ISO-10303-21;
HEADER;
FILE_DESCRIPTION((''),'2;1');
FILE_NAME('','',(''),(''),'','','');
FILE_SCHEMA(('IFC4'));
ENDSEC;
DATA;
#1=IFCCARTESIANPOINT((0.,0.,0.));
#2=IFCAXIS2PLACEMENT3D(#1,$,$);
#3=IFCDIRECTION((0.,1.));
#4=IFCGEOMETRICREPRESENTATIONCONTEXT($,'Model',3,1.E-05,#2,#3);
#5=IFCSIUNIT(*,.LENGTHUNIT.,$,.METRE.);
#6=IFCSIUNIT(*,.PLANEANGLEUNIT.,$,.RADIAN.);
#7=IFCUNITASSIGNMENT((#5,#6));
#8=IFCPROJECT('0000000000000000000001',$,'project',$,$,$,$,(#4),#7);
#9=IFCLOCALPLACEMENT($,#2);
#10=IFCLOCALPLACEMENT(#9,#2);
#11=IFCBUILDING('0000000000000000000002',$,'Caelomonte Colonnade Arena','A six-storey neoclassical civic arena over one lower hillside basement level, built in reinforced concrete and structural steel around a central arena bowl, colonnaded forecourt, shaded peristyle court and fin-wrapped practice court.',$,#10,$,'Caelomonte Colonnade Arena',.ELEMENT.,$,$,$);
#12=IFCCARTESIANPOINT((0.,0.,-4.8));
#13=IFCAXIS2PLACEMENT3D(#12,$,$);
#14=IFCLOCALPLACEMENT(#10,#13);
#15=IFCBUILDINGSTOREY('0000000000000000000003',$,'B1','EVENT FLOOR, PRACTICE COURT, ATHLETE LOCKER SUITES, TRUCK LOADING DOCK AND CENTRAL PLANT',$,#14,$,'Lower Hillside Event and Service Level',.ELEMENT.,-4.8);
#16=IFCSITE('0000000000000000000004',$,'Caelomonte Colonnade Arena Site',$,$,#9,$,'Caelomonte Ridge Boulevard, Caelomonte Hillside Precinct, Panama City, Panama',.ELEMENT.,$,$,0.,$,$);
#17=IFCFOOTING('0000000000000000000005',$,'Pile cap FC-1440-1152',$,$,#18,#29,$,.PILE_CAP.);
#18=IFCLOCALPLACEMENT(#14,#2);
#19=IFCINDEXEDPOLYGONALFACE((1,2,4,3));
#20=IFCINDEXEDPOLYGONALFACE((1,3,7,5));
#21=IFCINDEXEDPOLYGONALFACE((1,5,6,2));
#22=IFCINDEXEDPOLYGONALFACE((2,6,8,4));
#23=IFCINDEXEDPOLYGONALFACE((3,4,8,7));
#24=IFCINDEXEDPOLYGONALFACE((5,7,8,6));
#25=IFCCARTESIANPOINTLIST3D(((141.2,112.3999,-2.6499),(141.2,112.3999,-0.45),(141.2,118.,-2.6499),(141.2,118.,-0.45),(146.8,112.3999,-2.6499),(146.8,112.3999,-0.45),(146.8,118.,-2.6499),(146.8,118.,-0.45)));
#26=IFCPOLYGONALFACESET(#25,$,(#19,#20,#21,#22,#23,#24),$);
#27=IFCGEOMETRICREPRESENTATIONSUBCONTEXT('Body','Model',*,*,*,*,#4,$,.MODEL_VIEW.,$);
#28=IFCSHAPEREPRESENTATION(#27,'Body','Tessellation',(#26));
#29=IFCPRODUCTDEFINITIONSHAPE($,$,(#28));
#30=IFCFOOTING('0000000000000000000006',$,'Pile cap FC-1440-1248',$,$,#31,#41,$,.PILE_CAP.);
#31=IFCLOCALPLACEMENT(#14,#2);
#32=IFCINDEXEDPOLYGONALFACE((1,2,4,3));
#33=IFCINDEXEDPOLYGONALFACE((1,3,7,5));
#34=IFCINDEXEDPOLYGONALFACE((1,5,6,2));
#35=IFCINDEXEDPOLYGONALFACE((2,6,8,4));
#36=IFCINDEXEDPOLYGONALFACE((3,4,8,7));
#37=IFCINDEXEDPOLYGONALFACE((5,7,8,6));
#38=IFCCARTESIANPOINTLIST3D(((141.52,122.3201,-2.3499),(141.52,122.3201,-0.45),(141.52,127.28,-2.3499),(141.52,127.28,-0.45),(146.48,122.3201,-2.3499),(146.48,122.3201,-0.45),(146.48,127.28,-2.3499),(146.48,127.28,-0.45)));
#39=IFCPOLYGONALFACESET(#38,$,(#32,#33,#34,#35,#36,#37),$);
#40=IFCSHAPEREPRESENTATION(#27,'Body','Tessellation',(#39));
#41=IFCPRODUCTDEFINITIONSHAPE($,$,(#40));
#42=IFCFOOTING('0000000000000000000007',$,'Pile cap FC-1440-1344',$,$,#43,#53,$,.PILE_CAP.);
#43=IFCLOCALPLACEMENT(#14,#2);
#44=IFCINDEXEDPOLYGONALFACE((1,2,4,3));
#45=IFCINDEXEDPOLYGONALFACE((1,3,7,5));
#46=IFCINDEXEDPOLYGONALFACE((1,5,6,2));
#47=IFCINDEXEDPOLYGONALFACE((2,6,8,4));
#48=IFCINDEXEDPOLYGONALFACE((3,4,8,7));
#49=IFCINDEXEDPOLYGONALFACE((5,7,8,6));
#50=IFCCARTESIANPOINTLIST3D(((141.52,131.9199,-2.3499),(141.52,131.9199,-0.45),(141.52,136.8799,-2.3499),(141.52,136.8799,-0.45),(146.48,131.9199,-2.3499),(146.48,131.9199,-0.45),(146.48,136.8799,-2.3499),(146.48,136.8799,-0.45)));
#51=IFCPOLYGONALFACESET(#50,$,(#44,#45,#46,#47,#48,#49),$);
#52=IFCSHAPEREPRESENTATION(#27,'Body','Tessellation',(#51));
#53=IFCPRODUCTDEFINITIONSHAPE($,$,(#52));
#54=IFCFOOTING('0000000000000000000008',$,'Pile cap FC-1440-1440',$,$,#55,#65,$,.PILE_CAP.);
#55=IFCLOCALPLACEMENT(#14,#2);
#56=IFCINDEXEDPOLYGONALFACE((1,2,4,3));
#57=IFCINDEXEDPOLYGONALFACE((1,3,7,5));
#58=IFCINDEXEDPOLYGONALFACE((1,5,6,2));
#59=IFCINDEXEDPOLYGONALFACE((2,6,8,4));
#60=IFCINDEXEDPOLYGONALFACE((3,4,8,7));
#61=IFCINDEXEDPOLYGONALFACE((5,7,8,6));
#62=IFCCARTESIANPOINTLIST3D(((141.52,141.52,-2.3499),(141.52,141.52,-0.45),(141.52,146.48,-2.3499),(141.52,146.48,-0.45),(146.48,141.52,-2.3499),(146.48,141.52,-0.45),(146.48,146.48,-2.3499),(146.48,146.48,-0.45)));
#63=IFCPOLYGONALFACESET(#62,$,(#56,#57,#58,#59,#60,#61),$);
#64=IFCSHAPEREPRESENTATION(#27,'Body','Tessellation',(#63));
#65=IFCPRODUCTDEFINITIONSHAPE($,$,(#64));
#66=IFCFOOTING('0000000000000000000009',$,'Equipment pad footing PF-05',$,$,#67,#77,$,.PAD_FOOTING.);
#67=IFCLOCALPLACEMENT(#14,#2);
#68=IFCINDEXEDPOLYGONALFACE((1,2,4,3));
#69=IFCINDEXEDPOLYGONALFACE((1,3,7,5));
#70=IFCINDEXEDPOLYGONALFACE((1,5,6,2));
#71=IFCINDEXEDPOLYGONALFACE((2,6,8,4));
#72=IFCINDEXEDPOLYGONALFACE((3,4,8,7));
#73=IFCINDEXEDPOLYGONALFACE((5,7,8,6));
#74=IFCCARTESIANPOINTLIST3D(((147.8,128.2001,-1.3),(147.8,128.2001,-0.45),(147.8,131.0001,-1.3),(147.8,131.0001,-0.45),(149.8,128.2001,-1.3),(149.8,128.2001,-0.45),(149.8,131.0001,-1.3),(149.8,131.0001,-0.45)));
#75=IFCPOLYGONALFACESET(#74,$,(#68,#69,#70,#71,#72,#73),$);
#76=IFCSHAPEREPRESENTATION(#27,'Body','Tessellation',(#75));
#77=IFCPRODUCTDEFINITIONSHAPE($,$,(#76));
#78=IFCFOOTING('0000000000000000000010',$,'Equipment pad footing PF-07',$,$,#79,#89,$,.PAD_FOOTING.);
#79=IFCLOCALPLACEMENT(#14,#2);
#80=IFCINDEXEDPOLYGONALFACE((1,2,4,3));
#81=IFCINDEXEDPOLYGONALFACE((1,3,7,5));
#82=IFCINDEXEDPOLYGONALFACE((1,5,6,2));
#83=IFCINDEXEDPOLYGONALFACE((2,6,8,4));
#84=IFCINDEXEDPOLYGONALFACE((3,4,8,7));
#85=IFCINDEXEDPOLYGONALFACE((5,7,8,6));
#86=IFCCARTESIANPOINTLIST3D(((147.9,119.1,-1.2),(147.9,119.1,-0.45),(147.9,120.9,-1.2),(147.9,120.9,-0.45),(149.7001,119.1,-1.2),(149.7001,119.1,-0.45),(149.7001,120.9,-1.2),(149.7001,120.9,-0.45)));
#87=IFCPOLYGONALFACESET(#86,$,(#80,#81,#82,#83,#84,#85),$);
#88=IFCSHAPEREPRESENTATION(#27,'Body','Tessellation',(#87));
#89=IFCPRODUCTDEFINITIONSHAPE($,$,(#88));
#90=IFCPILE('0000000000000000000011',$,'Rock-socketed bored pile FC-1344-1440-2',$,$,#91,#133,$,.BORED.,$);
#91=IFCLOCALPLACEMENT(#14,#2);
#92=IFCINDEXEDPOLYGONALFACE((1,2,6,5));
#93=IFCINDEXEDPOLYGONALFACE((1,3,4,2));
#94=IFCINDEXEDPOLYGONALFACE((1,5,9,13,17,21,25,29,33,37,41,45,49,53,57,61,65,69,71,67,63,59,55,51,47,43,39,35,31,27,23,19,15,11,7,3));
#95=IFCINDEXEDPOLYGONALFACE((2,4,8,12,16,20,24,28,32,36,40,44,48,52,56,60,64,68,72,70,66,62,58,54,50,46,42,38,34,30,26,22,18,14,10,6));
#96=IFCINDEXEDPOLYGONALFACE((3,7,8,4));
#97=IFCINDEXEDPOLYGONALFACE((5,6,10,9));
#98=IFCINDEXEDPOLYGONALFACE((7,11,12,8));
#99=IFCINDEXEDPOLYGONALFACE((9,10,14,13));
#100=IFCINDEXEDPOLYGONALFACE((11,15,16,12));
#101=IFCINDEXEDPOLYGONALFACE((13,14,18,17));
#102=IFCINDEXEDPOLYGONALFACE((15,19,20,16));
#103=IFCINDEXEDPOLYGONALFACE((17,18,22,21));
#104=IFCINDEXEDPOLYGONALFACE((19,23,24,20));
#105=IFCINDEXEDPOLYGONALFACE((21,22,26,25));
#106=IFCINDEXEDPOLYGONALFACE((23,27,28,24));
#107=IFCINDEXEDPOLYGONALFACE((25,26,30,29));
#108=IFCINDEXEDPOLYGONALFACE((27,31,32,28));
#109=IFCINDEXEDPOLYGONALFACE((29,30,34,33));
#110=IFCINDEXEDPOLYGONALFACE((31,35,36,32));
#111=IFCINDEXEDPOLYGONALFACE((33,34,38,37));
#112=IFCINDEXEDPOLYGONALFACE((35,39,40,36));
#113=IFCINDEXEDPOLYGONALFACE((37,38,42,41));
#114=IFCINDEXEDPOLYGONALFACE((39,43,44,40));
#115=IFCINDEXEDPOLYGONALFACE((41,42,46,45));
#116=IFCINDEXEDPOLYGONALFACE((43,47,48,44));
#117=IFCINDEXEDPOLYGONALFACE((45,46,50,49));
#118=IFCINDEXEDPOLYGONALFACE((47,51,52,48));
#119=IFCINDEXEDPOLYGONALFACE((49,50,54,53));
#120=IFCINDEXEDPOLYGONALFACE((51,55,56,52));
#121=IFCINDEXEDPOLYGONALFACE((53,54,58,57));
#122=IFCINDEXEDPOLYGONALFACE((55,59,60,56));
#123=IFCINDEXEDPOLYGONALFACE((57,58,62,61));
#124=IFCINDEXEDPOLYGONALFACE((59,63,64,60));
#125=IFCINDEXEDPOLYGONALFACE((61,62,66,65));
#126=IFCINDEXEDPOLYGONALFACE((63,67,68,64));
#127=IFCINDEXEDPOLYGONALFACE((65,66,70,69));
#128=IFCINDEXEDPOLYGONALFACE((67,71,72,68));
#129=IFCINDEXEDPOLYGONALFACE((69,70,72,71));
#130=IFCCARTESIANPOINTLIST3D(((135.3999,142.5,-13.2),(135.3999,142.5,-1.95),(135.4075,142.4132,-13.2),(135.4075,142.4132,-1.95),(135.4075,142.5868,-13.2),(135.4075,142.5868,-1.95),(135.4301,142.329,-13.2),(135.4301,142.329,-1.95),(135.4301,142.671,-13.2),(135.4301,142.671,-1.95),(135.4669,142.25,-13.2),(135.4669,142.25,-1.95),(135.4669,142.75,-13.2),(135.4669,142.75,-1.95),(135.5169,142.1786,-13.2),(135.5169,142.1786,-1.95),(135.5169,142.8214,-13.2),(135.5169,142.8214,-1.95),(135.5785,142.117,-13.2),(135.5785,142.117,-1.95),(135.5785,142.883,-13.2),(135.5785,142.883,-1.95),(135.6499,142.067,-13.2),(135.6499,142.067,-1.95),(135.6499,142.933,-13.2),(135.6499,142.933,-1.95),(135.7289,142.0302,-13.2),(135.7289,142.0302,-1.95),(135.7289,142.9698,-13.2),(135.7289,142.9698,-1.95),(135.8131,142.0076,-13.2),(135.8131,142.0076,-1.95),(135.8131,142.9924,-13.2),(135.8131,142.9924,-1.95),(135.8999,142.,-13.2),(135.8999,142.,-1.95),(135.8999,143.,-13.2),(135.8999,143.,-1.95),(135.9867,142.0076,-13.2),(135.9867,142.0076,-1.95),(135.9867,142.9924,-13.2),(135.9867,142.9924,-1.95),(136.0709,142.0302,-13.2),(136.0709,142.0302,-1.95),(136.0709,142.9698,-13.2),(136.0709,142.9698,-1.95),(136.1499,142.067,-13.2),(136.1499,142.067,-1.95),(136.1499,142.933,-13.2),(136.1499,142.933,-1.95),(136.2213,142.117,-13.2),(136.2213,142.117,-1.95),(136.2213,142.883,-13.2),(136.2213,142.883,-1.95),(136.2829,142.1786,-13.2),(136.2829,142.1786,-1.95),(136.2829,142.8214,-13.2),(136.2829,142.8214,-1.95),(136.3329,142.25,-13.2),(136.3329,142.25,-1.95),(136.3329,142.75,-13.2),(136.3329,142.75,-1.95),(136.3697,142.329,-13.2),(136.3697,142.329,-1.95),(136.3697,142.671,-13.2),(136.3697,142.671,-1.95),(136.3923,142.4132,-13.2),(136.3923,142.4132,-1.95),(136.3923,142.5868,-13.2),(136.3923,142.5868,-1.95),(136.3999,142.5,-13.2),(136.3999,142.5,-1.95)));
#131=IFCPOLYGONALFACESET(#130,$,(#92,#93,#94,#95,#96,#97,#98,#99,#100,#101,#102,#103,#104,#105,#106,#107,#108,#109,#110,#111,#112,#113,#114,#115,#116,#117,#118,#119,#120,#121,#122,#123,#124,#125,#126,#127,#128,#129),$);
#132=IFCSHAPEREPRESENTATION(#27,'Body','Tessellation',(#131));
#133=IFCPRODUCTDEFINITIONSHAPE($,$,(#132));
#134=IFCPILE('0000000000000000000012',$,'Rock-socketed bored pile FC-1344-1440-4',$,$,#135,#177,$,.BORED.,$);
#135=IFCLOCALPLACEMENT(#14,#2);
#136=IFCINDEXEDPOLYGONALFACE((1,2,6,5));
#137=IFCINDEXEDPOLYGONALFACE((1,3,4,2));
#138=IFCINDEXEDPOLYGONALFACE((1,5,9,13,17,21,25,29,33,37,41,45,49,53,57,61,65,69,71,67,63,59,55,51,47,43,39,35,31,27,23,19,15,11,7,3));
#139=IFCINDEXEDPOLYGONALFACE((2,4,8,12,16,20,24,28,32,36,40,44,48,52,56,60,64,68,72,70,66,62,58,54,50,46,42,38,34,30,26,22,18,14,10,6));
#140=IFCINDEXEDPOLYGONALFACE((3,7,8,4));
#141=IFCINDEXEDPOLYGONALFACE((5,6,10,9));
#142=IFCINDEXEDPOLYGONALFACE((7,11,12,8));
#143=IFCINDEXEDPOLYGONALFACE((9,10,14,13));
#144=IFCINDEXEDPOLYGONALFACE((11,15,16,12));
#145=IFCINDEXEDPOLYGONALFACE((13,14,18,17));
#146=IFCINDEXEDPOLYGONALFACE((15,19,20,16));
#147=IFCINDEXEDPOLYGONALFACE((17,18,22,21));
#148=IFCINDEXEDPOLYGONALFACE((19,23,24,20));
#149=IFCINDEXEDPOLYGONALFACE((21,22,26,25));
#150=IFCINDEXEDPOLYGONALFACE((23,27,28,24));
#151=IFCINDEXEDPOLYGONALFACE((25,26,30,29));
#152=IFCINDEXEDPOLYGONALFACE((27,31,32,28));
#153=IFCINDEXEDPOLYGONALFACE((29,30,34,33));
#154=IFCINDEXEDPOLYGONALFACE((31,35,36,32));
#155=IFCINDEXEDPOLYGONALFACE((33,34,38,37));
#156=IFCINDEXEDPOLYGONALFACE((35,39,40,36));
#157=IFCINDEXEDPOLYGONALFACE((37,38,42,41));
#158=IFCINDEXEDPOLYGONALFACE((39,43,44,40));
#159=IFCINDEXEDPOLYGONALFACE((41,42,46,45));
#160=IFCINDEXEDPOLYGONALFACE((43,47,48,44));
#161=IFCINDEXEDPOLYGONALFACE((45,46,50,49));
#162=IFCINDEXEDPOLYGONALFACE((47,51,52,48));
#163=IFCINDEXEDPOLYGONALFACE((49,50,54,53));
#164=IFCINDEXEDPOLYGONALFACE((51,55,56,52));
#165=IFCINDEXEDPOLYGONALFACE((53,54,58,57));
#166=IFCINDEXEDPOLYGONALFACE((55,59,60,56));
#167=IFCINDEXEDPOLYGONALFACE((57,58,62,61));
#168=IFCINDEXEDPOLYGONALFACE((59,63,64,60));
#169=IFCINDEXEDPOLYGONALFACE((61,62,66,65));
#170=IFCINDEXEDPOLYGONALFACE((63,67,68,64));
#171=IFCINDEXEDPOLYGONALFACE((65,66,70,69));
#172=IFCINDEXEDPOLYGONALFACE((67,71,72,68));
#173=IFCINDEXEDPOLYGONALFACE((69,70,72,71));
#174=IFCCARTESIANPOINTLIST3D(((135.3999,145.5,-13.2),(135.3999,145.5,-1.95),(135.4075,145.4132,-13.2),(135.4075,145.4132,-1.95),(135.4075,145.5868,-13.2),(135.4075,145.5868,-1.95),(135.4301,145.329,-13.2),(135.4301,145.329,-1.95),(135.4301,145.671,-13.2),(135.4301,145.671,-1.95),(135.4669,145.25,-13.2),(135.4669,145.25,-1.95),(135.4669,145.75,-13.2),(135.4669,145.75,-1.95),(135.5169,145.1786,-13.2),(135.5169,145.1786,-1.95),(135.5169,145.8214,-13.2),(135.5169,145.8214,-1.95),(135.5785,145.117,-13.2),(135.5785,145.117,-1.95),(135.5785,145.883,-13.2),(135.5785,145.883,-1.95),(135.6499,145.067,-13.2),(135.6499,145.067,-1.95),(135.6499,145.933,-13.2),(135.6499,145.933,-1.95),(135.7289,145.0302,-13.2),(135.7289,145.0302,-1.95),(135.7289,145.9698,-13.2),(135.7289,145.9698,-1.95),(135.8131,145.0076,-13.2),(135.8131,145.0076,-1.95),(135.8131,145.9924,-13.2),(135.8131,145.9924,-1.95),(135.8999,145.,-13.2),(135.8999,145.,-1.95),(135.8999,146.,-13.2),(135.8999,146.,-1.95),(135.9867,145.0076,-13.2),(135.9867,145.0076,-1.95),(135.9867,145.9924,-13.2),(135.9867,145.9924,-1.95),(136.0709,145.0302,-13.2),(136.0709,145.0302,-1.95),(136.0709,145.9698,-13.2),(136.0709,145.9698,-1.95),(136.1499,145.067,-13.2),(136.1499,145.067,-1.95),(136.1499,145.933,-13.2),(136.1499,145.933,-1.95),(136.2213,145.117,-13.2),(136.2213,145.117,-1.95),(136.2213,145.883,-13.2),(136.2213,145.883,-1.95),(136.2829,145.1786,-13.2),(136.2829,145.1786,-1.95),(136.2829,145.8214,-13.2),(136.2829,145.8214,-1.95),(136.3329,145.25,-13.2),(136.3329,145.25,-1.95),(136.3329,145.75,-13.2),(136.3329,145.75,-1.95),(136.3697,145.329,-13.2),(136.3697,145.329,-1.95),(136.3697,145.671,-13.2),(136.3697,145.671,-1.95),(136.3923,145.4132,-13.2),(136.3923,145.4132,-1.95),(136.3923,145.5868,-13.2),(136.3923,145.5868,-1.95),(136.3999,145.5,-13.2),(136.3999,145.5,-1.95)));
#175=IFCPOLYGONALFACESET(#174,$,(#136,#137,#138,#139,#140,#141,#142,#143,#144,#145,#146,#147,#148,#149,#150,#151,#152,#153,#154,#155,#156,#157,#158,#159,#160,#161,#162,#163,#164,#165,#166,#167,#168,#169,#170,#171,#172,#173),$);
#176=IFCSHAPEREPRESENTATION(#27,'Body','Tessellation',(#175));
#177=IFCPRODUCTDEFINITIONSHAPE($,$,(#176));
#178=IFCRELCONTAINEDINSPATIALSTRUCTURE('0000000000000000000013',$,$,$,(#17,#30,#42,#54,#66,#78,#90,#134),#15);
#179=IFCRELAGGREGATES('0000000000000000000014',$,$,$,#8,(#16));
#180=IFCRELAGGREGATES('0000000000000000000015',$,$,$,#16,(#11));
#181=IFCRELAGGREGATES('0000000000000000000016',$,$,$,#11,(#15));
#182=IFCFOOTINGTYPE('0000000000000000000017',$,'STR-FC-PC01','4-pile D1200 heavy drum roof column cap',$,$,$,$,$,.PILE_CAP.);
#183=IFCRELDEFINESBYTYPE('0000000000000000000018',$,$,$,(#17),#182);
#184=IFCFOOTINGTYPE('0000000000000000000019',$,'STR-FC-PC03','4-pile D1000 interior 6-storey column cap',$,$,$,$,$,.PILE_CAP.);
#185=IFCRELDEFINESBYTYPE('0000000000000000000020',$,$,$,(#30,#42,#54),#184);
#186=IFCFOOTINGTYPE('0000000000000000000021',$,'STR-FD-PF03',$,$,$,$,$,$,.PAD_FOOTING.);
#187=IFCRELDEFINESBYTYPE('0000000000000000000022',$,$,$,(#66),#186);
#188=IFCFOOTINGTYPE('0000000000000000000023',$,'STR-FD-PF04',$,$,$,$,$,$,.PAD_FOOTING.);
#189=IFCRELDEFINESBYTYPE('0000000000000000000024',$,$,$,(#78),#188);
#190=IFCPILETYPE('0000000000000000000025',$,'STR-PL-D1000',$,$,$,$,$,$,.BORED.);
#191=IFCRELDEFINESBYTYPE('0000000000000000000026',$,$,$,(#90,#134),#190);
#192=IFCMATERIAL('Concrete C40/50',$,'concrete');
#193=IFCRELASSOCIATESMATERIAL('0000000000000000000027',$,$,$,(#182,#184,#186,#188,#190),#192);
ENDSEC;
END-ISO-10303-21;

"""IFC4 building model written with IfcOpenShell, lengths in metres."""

from ifc_helpers import new_model, si_unit, direction, frame, origin, origin_2d, place, context, subcontext, project, spatial, rectangle, circle, extrude, material, material_profile, profile_set, type_object, element, save


model = new_model("IFC4")

# Units and contexts
model_context = context("Model", 3, precision=1e-05, world=origin(), true_north=direction((0.0, 1.0)))
body_context = subcontext(model_context, "Body", "Model", "MODEL_VIEW")
ifc_project = project(units=[si_unit("LENGTHUNIT", "METRE"), si_unit("PLANEANGLEUNIT", "RADIAN")], contexts=[model_context])

# Site, building, storey
site_placement = place(None, origin())
site = spatial("IfcSite", under=ifc_project, at=site_placement, Name="Caelomonte Colonnade Arena Site", LongName="Caelomonte Ridge Boulevard, Caelomonte Hillside Precinct, Panama City, Panama", CompositionType="ELEMENT", RefElevation=0.0)
building_placement = place(site_placement, origin())
building = spatial("IfcBuilding", under=site, at=building_placement, Name="Caelomonte Colonnade Arena", Description="A six-storey neoclassical civic arena over one lower hillside basement level, built in reinforced concrete and structural steel around a central arena bowl, colonnaded forecourt, shaded peristyle court and fin-wrapped practice court.", LongName="Caelomonte Colonnade Arena", CompositionType="ELEMENT")
storey_placement = place(building_placement, frame((0.0, 0.0, -4.8)))
storey = spatial("IfcBuildingStorey", under=building, at=storey_placement, Name="B1", Description="EVENT FLOOR, PRACTICE COURT, ATHLETE LOCKER SUITES, TRUCK LOADING DOCK AND CENTRAL PLANT", LongName="Lower Hillside Event and Service Level", CompositionType="ELEMENT", Elevation=-4.8)

# Footings
ifc_material_1 = material(Name="Concrete C40/50", Category="concrete")
footing_type_1 = type_object("IfcFootingType", Name="STR-FC-PC01", Description="4-pile D1200 heavy drum roof column cap", PredefinedType="PILE_CAP", material=ifc_material_1)
footing_1_placement = place(storey_placement, frame((144.0, 115.2, -2.6499), z_axis=(0.0, 0.0, 1.0), x_axis=(1.0, 0.0, 0.0)))
element("IfcFooting", 1, at=footing_1_placement, inside=storey, type_object=footing_type_1, Name="Pile cap FC-1440-1152", PredefinedType="PILE_CAP", context=body_context, shape_type="SweptSolid", body=[
    extrude(rectangle(XDim=5.6001, YDim=5.6001, at=origin_2d()), origin(), (0.0, 0.0, 1.0), 2.2),
])
footing_type_2 = type_object("IfcFootingType", Name="STR-FC-PC03", Description="4-pile D1000 interior 6-storey column cap", PredefinedType="PILE_CAP", material=ifc_material_1)
for number, where, z_axis, x_axis, name in (
    (2, (144.0, 124.8, -2.3499), (0.0, 0.0, 1.0), (1.0, 0.0, 0.0), "Pile cap FC-1440-1248"),
    (3, (144.0, 134.3999, -2.3499), (0.0, 0.0, 1.0), (1.0, 0.0, 0.0), "Pile cap FC-1440-1344"),
    (4, (144.0, 144.0, -2.3499), (0.0, 0.0, 1.0), (1.0, 0.0, 0.0), "Pile cap FC-1440-1440"),
):
    element("IfcFooting", number, at=place(storey_placement, frame(where, z_axis=z_axis, x_axis=x_axis)), inside=storey, type_object=footing_type_2, Name=name, PredefinedType="PILE_CAP", context=body_context, shape_type="SweptSolid", body=[
        extrude(rectangle(XDim=4.96, YDim=4.96, at=origin_2d()), origin(), (0.0, 0.0, 1.0), 1.8999),
    ])
footing_type_3 = type_object("IfcFootingType", Name="STR-FD-PF03", PredefinedType="PAD_FOOTING", material=ifc_material_1)
footing_2_placement = place(storey_placement, frame((148.8, 129.6001, -1.3), z_axis=(0.0, 0.0, 1.0), x_axis=(1.0, 0.0, 0.0)))
element("IfcFooting", 5, at=footing_2_placement, inside=storey, type_object=footing_type_3, Name="Equipment pad footing PF-05", PredefinedType="PAD_FOOTING", context=body_context, shape_type="SweptSolid", body=[
    extrude(rectangle(XDim=2.0, YDim=2.8, at=origin_2d()), origin(), (0.0, 0.0, 1.0), 0.8501),
])
footing_type_4 = type_object("IfcFootingType", Name="STR-FD-PF04", PredefinedType="PAD_FOOTING", material=ifc_material_1)
footing_3_placement = place(storey_placement, frame((148.8, 120.0, -1.2), z_axis=(0.0, 0.0, 1.0), x_axis=(1.0, 0.0, 0.0)))
element("IfcFooting", 6, at=footing_3_placement, inside=storey, type_object=footing_type_4, Name="Equipment pad footing PF-07", PredefinedType="PAD_FOOTING", context=body_context, shape_type="SweptSolid", body=[
    extrude(rectangle(XDim=1.8, YDim=1.8, at=origin_2d()), origin(), (0.0, 0.0, 1.0), 0.75),
])

# Piles
ifc_material_profile_1 = material_profile(ifc_material_1, circle(Radius=0.5, at=origin_2d()), Name="PILE-D1000")
ifc_profile_set_1 = profile_set([ifc_material_profile_1], Name="Concrete C40/50")
pile_type_1 = type_object("IfcPileType", Name="STR-PL-D1000", PredefinedType="BORED", material=ifc_profile_set_1)
for number, where, z_axis, x_axis, name in (
    (7, (135.8999, 142.5, -1.95), (0.0, 0.0, -1.0), (1.0, 0.0, 0.0), "Rock-socketed bored pile FC-1344-1440-2"),
    (8, (135.8999, 145.5, -1.95), (0.0, 0.0, -1.0), (1.0, 0.0, 0.0), "Rock-socketed bored pile FC-1344-1440-4"),
):
    element("IfcPile", number, at=place(storey_placement, frame(where, z_axis=z_axis, x_axis=x_axis)), inside=storey, type_object=pile_type_1, Name=name, PredefinedType="BORED", context=body_context, shape_type="SweptSolid", body=[
        extrude(circle(Radius=0.5, at=origin_2d()), origin(), (0.0, 0.0, 1.0), 11.25),
    ])

save(model, "model.ifc")
